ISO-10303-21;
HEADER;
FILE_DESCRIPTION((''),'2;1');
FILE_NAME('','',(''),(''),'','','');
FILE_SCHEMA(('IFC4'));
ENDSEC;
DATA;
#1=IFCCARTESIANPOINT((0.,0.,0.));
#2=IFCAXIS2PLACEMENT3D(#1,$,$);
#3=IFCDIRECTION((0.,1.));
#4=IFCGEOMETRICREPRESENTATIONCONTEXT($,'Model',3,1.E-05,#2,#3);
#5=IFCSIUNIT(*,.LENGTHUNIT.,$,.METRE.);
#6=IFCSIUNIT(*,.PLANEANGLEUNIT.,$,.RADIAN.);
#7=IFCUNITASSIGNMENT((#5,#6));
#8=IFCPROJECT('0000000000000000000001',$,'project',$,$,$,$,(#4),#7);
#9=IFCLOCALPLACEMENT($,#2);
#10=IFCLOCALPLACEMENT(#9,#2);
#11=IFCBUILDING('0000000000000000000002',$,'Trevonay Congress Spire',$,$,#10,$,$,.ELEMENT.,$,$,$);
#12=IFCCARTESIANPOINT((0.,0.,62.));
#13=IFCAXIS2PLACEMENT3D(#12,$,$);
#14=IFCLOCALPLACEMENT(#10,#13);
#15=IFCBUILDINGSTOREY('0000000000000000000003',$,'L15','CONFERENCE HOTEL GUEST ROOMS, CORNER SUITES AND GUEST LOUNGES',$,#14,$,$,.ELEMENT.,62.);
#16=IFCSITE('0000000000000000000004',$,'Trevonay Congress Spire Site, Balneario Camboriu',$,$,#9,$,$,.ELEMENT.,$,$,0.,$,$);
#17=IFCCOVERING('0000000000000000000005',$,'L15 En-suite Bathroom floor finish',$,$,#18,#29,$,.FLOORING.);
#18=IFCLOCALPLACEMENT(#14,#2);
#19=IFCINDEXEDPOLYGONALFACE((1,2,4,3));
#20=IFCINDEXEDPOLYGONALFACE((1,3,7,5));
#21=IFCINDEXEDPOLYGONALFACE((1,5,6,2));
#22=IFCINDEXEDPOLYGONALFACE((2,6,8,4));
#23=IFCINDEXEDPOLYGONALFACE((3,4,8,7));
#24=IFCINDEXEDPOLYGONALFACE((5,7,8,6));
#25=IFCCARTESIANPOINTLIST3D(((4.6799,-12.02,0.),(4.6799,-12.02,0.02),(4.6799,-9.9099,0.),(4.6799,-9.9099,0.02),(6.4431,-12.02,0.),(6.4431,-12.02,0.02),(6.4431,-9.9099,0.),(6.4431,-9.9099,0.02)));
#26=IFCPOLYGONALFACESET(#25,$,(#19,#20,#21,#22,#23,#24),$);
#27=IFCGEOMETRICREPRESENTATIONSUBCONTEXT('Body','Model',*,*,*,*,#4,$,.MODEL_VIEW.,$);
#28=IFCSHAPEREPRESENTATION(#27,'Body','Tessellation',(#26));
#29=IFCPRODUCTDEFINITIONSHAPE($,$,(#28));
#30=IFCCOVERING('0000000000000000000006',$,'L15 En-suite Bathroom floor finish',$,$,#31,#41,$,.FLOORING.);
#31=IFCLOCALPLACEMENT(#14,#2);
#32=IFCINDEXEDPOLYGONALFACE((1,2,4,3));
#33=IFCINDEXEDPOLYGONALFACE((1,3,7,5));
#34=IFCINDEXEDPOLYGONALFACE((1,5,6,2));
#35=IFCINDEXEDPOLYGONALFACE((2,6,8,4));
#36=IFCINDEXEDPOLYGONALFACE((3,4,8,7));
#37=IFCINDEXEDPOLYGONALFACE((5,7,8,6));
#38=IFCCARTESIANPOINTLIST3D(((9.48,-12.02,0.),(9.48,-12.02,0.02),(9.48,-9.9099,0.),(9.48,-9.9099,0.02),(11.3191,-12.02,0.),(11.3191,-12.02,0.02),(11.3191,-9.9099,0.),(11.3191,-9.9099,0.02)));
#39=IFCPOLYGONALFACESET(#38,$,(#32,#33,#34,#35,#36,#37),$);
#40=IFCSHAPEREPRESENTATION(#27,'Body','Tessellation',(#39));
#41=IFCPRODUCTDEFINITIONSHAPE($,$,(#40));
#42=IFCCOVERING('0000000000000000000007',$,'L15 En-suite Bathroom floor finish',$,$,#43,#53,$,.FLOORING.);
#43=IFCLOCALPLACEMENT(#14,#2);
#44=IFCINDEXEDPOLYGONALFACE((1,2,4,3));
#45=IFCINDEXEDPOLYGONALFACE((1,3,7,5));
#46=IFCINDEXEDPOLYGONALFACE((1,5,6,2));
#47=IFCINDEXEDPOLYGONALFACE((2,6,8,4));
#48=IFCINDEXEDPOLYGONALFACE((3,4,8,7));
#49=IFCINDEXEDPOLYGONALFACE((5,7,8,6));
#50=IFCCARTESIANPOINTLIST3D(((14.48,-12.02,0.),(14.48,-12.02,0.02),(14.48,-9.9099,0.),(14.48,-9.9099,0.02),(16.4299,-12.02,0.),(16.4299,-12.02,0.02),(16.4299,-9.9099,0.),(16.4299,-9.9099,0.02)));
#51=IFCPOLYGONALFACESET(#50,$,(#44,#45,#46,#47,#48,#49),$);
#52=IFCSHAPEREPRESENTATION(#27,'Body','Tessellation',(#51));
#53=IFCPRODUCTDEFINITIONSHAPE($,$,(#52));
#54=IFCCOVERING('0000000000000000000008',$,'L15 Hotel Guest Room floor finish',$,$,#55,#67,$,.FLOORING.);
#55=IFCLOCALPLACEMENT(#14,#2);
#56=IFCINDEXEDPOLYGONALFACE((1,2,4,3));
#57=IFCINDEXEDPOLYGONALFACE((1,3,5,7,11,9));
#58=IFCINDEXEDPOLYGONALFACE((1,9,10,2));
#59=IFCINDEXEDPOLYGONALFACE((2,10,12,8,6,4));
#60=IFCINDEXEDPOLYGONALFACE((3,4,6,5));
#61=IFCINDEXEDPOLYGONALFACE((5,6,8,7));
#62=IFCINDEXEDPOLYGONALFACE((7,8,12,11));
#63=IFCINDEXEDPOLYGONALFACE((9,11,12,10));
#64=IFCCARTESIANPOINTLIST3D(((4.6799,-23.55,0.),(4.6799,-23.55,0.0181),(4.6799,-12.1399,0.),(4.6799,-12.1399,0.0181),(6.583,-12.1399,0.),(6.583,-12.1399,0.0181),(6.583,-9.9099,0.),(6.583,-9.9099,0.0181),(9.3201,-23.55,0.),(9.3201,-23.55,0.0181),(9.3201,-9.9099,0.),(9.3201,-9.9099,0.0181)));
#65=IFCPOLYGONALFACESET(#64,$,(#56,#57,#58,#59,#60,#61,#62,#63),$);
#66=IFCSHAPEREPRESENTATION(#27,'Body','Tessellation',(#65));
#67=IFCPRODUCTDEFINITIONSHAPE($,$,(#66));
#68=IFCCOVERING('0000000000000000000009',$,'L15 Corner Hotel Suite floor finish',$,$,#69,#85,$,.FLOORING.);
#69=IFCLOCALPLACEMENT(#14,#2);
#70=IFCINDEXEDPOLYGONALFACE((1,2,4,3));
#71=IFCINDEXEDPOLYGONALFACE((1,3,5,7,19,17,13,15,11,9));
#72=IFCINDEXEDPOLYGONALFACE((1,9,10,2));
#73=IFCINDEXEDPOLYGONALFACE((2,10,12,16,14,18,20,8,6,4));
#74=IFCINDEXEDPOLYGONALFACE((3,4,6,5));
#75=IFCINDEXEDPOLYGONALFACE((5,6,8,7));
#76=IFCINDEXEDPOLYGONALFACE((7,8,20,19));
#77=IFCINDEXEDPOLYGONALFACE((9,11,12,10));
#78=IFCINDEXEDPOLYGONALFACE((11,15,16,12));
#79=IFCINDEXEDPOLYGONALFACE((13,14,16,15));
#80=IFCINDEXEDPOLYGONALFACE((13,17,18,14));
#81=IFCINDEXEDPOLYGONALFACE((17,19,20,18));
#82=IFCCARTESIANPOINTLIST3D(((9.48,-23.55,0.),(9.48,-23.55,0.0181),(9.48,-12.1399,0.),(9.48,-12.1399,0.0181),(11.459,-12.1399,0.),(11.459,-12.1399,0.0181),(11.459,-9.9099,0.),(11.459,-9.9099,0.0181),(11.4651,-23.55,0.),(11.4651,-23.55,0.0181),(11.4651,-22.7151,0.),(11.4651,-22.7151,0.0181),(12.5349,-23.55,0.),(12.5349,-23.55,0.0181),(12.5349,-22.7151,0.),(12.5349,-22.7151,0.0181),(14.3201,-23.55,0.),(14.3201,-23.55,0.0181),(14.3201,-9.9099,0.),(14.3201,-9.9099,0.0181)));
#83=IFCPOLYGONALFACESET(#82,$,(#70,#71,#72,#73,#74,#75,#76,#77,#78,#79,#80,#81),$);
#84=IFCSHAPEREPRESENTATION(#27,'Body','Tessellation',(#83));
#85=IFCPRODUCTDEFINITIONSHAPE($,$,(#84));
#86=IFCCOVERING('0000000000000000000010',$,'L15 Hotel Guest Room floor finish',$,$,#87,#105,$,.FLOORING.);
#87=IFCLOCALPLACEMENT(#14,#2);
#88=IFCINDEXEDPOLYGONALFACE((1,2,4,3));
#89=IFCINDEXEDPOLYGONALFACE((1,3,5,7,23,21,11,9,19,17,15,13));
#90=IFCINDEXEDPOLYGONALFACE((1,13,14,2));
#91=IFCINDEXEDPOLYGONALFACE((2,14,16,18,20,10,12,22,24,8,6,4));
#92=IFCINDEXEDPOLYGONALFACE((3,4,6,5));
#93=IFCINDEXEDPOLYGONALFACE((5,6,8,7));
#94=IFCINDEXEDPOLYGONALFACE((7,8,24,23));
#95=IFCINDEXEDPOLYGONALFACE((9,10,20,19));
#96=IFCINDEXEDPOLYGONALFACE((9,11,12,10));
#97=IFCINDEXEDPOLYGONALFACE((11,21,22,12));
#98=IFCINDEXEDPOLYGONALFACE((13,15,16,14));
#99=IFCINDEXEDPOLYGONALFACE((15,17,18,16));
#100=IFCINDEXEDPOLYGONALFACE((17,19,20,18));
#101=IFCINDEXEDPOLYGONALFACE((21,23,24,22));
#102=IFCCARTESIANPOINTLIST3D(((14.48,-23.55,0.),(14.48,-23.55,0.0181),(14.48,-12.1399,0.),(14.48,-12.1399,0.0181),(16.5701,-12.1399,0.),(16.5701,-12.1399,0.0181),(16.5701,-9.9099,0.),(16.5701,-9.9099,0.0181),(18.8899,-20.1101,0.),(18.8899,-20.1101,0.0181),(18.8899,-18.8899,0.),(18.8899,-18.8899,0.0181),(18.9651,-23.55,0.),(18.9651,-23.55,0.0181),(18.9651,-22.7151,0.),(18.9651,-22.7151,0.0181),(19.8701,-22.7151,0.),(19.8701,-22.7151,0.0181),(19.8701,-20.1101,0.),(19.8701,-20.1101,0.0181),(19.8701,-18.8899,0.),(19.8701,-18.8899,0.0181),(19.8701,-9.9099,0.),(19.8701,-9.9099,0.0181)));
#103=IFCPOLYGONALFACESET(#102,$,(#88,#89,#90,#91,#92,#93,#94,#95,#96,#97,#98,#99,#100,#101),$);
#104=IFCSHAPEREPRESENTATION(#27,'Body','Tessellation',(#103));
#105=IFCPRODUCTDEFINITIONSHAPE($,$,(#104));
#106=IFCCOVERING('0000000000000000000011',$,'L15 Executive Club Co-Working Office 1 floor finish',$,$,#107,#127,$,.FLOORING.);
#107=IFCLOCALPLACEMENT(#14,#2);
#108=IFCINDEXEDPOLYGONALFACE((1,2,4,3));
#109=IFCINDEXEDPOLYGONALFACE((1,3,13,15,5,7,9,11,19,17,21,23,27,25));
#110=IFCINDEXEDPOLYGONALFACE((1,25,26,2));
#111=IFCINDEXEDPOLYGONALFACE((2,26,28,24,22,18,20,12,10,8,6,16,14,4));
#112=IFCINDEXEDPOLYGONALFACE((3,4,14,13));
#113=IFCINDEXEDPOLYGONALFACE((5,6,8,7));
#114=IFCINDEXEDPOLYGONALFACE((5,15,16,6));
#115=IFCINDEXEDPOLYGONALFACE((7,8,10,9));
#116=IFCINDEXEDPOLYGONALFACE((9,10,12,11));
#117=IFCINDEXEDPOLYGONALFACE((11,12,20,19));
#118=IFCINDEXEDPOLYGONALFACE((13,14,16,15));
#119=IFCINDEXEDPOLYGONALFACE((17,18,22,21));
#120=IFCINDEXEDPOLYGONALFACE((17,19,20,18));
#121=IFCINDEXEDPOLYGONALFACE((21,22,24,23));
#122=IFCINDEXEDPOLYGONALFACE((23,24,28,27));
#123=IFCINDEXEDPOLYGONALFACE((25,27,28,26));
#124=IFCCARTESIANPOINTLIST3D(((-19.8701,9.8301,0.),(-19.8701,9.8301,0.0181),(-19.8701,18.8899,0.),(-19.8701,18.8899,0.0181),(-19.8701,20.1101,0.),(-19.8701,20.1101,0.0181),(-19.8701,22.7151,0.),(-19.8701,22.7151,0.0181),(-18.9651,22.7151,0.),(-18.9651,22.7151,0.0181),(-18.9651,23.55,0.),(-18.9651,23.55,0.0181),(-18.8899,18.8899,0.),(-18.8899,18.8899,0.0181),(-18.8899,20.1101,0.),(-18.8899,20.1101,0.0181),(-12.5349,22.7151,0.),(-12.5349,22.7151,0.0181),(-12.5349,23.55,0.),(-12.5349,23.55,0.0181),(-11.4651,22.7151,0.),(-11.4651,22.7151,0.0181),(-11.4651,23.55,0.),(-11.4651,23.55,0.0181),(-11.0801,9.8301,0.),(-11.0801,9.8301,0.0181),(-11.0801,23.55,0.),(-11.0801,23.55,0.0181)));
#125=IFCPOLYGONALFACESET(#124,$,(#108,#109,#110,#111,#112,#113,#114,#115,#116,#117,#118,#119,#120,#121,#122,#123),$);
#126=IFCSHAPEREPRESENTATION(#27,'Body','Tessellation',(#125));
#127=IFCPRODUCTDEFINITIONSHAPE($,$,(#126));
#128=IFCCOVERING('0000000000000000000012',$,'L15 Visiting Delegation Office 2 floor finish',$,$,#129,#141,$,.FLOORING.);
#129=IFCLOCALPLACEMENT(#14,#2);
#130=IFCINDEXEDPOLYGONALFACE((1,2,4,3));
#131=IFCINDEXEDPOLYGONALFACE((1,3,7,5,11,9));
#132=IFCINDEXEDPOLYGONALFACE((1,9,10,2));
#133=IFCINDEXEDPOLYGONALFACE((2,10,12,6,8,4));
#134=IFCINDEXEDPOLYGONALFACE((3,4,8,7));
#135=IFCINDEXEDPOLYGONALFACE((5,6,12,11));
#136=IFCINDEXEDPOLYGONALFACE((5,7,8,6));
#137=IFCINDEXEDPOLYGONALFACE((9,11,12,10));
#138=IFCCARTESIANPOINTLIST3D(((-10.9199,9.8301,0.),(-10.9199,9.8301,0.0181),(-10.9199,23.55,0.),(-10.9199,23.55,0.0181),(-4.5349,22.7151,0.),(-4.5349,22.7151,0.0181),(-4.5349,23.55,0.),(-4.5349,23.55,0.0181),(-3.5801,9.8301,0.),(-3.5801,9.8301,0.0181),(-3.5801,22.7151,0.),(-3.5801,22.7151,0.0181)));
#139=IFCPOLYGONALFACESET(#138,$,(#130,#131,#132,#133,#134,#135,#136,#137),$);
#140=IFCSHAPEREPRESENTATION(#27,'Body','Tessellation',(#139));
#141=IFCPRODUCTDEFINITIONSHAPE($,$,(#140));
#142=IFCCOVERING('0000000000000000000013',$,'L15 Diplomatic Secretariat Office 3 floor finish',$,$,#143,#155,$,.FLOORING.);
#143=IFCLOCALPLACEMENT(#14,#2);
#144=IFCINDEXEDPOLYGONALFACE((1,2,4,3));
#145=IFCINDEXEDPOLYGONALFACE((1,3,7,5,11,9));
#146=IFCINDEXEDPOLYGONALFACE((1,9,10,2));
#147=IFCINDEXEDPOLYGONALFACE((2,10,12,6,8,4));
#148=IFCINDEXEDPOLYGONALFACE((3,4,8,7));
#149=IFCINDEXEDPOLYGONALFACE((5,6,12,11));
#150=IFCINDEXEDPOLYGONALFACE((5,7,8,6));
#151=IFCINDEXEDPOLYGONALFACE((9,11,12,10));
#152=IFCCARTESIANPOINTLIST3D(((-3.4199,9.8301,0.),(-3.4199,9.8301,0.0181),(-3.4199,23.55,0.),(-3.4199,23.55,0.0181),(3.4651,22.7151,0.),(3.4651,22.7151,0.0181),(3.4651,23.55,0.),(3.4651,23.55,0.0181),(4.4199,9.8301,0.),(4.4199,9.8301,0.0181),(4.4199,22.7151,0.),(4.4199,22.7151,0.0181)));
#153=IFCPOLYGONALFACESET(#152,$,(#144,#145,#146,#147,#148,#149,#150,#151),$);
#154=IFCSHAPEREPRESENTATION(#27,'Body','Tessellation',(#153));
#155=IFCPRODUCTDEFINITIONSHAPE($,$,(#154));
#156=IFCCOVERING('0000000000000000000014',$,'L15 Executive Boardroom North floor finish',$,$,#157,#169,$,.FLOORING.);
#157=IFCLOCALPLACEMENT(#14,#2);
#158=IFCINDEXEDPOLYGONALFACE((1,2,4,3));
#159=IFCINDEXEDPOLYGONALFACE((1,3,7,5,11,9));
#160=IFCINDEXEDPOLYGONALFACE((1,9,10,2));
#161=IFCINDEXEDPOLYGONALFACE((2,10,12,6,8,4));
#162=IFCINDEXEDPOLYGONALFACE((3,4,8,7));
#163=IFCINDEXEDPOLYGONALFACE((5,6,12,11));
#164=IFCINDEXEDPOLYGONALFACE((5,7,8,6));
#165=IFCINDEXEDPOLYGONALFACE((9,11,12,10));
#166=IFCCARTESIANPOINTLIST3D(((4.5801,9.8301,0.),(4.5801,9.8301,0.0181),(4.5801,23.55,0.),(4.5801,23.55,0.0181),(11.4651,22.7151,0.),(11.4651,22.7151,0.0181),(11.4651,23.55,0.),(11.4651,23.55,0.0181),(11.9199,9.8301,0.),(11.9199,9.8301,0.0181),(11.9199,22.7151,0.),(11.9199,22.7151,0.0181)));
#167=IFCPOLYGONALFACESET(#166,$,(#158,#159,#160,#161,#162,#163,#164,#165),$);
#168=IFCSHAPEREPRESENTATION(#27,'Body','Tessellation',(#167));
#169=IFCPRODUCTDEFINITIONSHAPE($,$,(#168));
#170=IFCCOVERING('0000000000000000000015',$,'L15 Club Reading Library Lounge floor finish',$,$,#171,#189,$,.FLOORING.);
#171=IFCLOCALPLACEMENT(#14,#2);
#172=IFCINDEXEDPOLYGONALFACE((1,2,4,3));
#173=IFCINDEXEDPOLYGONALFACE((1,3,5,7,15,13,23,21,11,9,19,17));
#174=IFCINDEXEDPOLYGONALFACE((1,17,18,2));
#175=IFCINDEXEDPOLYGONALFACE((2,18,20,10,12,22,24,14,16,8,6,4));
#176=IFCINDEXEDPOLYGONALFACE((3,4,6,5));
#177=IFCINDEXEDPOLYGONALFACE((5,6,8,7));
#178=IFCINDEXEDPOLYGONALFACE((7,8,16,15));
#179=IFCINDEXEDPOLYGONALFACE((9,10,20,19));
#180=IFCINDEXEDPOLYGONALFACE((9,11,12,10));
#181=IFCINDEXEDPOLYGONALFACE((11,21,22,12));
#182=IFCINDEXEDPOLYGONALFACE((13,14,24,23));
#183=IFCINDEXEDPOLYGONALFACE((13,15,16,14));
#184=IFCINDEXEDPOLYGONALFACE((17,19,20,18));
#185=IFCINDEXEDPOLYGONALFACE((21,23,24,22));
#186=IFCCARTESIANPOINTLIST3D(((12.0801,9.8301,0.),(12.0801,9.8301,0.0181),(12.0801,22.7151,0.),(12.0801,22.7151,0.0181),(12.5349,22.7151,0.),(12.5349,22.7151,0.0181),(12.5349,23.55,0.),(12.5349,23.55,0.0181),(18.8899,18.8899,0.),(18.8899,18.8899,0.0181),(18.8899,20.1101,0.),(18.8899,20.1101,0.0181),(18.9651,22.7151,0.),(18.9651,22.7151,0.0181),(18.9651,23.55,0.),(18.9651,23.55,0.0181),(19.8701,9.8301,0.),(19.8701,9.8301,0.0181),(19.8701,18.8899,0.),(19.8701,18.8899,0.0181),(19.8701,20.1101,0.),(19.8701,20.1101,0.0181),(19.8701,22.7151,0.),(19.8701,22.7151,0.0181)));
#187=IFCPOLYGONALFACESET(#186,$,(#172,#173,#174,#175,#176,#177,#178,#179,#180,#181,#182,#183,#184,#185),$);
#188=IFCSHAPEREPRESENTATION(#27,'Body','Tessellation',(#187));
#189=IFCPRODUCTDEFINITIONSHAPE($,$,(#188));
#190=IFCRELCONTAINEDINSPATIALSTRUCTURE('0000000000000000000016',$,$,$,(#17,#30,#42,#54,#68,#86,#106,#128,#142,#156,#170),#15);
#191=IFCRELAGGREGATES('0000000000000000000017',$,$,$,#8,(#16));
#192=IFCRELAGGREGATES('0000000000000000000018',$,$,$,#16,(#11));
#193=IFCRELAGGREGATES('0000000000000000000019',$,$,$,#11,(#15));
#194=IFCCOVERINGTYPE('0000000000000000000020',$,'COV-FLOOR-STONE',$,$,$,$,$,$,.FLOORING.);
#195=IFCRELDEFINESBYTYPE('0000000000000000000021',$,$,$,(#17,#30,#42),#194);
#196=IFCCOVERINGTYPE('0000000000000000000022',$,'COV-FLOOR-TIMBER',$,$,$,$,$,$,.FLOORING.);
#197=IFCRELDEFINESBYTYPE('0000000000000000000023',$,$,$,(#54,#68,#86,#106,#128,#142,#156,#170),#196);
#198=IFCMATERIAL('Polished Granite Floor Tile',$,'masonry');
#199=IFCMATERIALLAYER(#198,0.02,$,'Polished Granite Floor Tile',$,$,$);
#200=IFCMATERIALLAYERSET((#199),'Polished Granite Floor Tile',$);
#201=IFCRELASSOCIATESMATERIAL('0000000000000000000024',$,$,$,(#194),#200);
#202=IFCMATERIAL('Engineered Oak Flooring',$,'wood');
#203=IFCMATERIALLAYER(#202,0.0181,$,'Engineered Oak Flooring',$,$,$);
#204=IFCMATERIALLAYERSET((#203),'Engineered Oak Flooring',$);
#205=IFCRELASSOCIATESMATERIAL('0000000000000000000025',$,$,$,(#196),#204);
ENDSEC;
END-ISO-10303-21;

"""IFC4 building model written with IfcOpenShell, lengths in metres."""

from ifc_helpers import new_model, si_unit, direction, frame, origin, place, context, subcontext, project, spatial, polyline, outline, extrude, material, layer, layer_set, type_object, element, save


model = new_model("IFC4")

# Units and contexts
model_context = context("Model", 3, precision=1e-05, world=origin(), true_north=direction((0.0, 1.0)))
body_context = subcontext(model_context, "Body", "Model", "MODEL_VIEW")
ifc_project = project(units=[si_unit("LENGTHUNIT", "METRE"), si_unit("PLANEANGLEUNIT", "RADIAN")], contexts=[model_context])

# Site, building, storey
site_placement = place(None, origin())
site = spatial("IfcSite", under=ifc_project, at=site_placement, Name="Trevonay Congress Spire Site, Balneario Camboriu", CompositionType="ELEMENT", RefElevation=0.0)
building_placement = place(site_placement, origin())
building = spatial("IfcBuilding", under=site, at=building_placement, Name="Trevonay Congress Spire", CompositionType="ELEMENT")
storey_placement = place(building_placement, frame((0.0, 0.0, 62.0)))
storey = spatial("IfcBuildingStorey", under=building, at=storey_placement, Name="L15", Description="CONFERENCE HOTEL GUEST ROOMS, CORNER SUITES AND GUEST LOUNGES", CompositionType="ELEMENT", Elevation=62.0)

# Coverings
ifc_material_1 = material(Name="Polished Granite Floor Tile", Category="masonry")
ifc_layer_1 = layer(ifc_material_1, 0.02, Name="Polished Granite Floor Tile")
ifc_layer_set_1 = layer_set([ifc_layer_1], Name="Polished Granite Floor Tile")
covering_type_1 = type_object("IfcCoveringType", Name="COV-FLOOR-STONE", PredefinedType="FLOORING", material=ifc_layer_set_1)
covering_1_placement = place(storey_placement, origin())
element("IfcCovering", 1, at=covering_1_placement, inside=storey, type_object=covering_type_1, Name="L15 En-suite Bathroom floor finish", PredefinedType="FLOORING", context=body_context, shape_type="SweptSolid", body=[
    extrude(outline(polyline([(4.6799, -12.02), (6.4431, -12.02), (6.4431, -9.9099), (4.6799, -9.9099), (4.6799, -12.02)])), origin(), (0.0, 0.0, 1.0), 0.02),
])
covering_2_placement = place(storey_placement, origin())
element("IfcCovering", 2, at=covering_2_placement, inside=storey, type_object=covering_type_1, Name="L15 En-suite Bathroom floor finish", PredefinedType="FLOORING", context=body_context, shape_type="SweptSolid", body=[
    extrude(outline(polyline([(9.48, -12.02), (11.3191, -12.02), (11.3191, -9.9099), (9.48, -9.9099), (9.48, -12.02)])), origin(), (0.0, 0.0, 1.0), 0.02),
])
covering_3_placement = place(storey_placement, origin())
element("IfcCovering", 3, at=covering_3_placement, inside=storey, type_object=covering_type_1, Name="L15 En-suite Bathroom floor finish", PredefinedType="FLOORING", context=body_context, shape_type="SweptSolid", body=[
    extrude(outline(polyline([(14.48, -12.02), (16.4299, -12.02), (16.4299, -9.9099), (14.48, -9.9099), (14.48, -12.02)])), origin(), (0.0, 0.0, 1.0), 0.02),
])
ifc_material_2 = material(Name="Engineered Oak Flooring", Category="wood")
ifc_layer_2 = layer(ifc_material_2, 0.0181, Name="Engineered Oak Flooring")
ifc_layer_set_2 = layer_set([ifc_layer_2], Name="Engineered Oak Flooring")
covering_type_2 = type_object("IfcCoveringType", Name="COV-FLOOR-TIMBER", PredefinedType="FLOORING", material=ifc_layer_set_2)
covering_4_placement = place(storey_placement, origin())
element("IfcCovering", 4, at=covering_4_placement, inside=storey, type_object=covering_type_2, Name="L15 Hotel Guest Room floor finish", PredefinedType="FLOORING", context=body_context, shape_type="SweptSolid", body=[
    extrude(outline(polyline([(4.6799, -23.55), (9.3201, -23.55), (9.3201, -9.9099), (6.583, -9.9099), (6.583, -12.1399), (4.6799, -12.1399), (4.6799, -23.55)])), origin(), (0.0, 0.0, 1.0), 0.0181),
])
covering_5_placement = place(storey_placement, origin())
element("IfcCovering", 5, at=covering_5_placement, inside=storey, type_object=covering_type_2, Name="L15 Corner Hotel Suite floor finish", PredefinedType="FLOORING", context=body_context, shape_type="SweptSolid", body=[
    extrude(outline(polyline([(9.48, -23.55), (9.48, -12.1399), (11.459, -12.1399), (11.459, -9.9099), (14.3201, -9.9099), (14.3201, -23.55), (12.5349, -23.55), (12.5349, -22.7151), (11.4651, -22.7151), (11.4651, -23.55), (9.48, -23.55)])), origin(), (0.0, 0.0, 1.0), 0.0181),
])
covering_6_placement = place(storey_placement, origin())
element("IfcCovering", 6, at=covering_6_placement, inside=storey, type_object=covering_type_2, Name="L15 Hotel Guest Room floor finish", PredefinedType="FLOORING", context=body_context, shape_type="SweptSolid", body=[
    extrude(outline(polyline([(14.48, -23.55), (14.48, -12.1399), (16.5701, -12.1399), (16.5701, -9.9099), (19.8701, -9.9099), (19.8701, -18.8899), (18.8899, -18.8899), (18.8899, -20.1101), (19.8701, -20.1101), (19.8701, -22.7151), (18.9651, -22.7151), (18.9651, -23.55), (14.48, -23.55)])), origin(), (0.0, 0.0, 1.0), 0.0181),
])
covering_7_placement = place(storey_placement, origin())
element("IfcCovering", 7, at=covering_7_placement, inside=storey, type_object=covering_type_2, Name="L15 Executive Club Co-Working Office 1 floor finish", PredefinedType="FLOORING", context=body_context, shape_type="SweptSolid", body=[
    extrude(outline(polyline([(-11.0801, 23.55), (-11.0801, 9.8301), (-19.8701, 9.8301), (-19.8701, 18.8899), (-18.8899, 18.8899), (-18.8899, 20.1101), (-19.8701, 20.1101), (-19.8701, 22.7151), (-18.9651, 22.7151), (-18.9651, 23.55), (-12.5349, 23.55), (-12.5349, 22.7151), (-11.4651, 22.7151), (-11.4651, 23.55), (-11.0801, 23.55)])), origin(), (0.0, 0.0, 1.0), 0.0181),
])
covering_8_placement = place(storey_placement, origin())
element("IfcCovering", 8, at=covering_8_placement, inside=storey, type_object=covering_type_2, Name="L15 Visiting Delegation Office 2 floor finish", PredefinedType="FLOORING", context=body_context, shape_type="SweptSolid", body=[
    extrude(outline(polyline([(-3.5801, 9.8301), (-10.9199, 9.8301), (-10.9199, 23.55), (-4.5349, 23.55), (-4.5349, 22.7151), (-3.5801, 22.7151), (-3.5801, 9.8301)])), origin(), (0.0, 0.0, 1.0), 0.0181),
])
covering_9_placement = place(storey_placement, origin())
element("IfcCovering", 9, at=covering_9_placement, inside=storey, type_object=covering_type_2, Name="L15 Diplomatic Secretariat Office 3 floor finish", PredefinedType="FLOORING", context=body_context, shape_type="SweptSolid", body=[
    extrude(outline(polyline([(4.4199, 9.8301), (-3.4199, 9.8301), (-3.4199, 23.55), (3.4651, 23.55), (3.4651, 22.7151), (4.4199, 22.7151), (4.4199, 9.8301)])), origin(), (0.0, 0.0, 1.0), 0.0181),
])
covering_10_placement = place(storey_placement, origin())
element("IfcCovering", 10, at=covering_10_placement, inside=storey, type_object=covering_type_2, Name="L15 Executive Boardroom North floor finish", PredefinedType="FLOORING", context=body_context, shape_type="SweptSolid", body=[
    extrude(outline(polyline([(11.9199, 9.8301), (4.5801, 9.8301), (4.5801, 23.55), (11.4651, 23.55), (11.4651, 22.7151), (11.9199, 22.7151), (11.9199, 9.8301)])), origin(), (0.0, 0.0, 1.0), 0.0181),
])
covering_11_placement = place(storey_placement, origin())
element("IfcCovering", 11, at=covering_11_placement, inside=storey, type_object=covering_type_2, Name="L15 Club Reading Library Lounge floor finish", PredefinedType="FLOORING", context=body_context, shape_type="SweptSolid", body=[
    extrude(outline(polyline([(19.8701, 9.8301), (12.0801, 9.8301), (12.0801, 22.7151), (12.5349, 22.7151), (12.5349, 23.55), (18.9651, 23.55), (18.9651, 22.7151), (19.8701, 22.7151), (19.8701, 20.1101), (18.8899, 20.1101), (18.8899, 18.8899), (19.8701, 18.8899), (19.8701, 9.8301)])), origin(), (0.0, 0.0, 1.0), 0.0181),
])

save(model, "model.ifc")
